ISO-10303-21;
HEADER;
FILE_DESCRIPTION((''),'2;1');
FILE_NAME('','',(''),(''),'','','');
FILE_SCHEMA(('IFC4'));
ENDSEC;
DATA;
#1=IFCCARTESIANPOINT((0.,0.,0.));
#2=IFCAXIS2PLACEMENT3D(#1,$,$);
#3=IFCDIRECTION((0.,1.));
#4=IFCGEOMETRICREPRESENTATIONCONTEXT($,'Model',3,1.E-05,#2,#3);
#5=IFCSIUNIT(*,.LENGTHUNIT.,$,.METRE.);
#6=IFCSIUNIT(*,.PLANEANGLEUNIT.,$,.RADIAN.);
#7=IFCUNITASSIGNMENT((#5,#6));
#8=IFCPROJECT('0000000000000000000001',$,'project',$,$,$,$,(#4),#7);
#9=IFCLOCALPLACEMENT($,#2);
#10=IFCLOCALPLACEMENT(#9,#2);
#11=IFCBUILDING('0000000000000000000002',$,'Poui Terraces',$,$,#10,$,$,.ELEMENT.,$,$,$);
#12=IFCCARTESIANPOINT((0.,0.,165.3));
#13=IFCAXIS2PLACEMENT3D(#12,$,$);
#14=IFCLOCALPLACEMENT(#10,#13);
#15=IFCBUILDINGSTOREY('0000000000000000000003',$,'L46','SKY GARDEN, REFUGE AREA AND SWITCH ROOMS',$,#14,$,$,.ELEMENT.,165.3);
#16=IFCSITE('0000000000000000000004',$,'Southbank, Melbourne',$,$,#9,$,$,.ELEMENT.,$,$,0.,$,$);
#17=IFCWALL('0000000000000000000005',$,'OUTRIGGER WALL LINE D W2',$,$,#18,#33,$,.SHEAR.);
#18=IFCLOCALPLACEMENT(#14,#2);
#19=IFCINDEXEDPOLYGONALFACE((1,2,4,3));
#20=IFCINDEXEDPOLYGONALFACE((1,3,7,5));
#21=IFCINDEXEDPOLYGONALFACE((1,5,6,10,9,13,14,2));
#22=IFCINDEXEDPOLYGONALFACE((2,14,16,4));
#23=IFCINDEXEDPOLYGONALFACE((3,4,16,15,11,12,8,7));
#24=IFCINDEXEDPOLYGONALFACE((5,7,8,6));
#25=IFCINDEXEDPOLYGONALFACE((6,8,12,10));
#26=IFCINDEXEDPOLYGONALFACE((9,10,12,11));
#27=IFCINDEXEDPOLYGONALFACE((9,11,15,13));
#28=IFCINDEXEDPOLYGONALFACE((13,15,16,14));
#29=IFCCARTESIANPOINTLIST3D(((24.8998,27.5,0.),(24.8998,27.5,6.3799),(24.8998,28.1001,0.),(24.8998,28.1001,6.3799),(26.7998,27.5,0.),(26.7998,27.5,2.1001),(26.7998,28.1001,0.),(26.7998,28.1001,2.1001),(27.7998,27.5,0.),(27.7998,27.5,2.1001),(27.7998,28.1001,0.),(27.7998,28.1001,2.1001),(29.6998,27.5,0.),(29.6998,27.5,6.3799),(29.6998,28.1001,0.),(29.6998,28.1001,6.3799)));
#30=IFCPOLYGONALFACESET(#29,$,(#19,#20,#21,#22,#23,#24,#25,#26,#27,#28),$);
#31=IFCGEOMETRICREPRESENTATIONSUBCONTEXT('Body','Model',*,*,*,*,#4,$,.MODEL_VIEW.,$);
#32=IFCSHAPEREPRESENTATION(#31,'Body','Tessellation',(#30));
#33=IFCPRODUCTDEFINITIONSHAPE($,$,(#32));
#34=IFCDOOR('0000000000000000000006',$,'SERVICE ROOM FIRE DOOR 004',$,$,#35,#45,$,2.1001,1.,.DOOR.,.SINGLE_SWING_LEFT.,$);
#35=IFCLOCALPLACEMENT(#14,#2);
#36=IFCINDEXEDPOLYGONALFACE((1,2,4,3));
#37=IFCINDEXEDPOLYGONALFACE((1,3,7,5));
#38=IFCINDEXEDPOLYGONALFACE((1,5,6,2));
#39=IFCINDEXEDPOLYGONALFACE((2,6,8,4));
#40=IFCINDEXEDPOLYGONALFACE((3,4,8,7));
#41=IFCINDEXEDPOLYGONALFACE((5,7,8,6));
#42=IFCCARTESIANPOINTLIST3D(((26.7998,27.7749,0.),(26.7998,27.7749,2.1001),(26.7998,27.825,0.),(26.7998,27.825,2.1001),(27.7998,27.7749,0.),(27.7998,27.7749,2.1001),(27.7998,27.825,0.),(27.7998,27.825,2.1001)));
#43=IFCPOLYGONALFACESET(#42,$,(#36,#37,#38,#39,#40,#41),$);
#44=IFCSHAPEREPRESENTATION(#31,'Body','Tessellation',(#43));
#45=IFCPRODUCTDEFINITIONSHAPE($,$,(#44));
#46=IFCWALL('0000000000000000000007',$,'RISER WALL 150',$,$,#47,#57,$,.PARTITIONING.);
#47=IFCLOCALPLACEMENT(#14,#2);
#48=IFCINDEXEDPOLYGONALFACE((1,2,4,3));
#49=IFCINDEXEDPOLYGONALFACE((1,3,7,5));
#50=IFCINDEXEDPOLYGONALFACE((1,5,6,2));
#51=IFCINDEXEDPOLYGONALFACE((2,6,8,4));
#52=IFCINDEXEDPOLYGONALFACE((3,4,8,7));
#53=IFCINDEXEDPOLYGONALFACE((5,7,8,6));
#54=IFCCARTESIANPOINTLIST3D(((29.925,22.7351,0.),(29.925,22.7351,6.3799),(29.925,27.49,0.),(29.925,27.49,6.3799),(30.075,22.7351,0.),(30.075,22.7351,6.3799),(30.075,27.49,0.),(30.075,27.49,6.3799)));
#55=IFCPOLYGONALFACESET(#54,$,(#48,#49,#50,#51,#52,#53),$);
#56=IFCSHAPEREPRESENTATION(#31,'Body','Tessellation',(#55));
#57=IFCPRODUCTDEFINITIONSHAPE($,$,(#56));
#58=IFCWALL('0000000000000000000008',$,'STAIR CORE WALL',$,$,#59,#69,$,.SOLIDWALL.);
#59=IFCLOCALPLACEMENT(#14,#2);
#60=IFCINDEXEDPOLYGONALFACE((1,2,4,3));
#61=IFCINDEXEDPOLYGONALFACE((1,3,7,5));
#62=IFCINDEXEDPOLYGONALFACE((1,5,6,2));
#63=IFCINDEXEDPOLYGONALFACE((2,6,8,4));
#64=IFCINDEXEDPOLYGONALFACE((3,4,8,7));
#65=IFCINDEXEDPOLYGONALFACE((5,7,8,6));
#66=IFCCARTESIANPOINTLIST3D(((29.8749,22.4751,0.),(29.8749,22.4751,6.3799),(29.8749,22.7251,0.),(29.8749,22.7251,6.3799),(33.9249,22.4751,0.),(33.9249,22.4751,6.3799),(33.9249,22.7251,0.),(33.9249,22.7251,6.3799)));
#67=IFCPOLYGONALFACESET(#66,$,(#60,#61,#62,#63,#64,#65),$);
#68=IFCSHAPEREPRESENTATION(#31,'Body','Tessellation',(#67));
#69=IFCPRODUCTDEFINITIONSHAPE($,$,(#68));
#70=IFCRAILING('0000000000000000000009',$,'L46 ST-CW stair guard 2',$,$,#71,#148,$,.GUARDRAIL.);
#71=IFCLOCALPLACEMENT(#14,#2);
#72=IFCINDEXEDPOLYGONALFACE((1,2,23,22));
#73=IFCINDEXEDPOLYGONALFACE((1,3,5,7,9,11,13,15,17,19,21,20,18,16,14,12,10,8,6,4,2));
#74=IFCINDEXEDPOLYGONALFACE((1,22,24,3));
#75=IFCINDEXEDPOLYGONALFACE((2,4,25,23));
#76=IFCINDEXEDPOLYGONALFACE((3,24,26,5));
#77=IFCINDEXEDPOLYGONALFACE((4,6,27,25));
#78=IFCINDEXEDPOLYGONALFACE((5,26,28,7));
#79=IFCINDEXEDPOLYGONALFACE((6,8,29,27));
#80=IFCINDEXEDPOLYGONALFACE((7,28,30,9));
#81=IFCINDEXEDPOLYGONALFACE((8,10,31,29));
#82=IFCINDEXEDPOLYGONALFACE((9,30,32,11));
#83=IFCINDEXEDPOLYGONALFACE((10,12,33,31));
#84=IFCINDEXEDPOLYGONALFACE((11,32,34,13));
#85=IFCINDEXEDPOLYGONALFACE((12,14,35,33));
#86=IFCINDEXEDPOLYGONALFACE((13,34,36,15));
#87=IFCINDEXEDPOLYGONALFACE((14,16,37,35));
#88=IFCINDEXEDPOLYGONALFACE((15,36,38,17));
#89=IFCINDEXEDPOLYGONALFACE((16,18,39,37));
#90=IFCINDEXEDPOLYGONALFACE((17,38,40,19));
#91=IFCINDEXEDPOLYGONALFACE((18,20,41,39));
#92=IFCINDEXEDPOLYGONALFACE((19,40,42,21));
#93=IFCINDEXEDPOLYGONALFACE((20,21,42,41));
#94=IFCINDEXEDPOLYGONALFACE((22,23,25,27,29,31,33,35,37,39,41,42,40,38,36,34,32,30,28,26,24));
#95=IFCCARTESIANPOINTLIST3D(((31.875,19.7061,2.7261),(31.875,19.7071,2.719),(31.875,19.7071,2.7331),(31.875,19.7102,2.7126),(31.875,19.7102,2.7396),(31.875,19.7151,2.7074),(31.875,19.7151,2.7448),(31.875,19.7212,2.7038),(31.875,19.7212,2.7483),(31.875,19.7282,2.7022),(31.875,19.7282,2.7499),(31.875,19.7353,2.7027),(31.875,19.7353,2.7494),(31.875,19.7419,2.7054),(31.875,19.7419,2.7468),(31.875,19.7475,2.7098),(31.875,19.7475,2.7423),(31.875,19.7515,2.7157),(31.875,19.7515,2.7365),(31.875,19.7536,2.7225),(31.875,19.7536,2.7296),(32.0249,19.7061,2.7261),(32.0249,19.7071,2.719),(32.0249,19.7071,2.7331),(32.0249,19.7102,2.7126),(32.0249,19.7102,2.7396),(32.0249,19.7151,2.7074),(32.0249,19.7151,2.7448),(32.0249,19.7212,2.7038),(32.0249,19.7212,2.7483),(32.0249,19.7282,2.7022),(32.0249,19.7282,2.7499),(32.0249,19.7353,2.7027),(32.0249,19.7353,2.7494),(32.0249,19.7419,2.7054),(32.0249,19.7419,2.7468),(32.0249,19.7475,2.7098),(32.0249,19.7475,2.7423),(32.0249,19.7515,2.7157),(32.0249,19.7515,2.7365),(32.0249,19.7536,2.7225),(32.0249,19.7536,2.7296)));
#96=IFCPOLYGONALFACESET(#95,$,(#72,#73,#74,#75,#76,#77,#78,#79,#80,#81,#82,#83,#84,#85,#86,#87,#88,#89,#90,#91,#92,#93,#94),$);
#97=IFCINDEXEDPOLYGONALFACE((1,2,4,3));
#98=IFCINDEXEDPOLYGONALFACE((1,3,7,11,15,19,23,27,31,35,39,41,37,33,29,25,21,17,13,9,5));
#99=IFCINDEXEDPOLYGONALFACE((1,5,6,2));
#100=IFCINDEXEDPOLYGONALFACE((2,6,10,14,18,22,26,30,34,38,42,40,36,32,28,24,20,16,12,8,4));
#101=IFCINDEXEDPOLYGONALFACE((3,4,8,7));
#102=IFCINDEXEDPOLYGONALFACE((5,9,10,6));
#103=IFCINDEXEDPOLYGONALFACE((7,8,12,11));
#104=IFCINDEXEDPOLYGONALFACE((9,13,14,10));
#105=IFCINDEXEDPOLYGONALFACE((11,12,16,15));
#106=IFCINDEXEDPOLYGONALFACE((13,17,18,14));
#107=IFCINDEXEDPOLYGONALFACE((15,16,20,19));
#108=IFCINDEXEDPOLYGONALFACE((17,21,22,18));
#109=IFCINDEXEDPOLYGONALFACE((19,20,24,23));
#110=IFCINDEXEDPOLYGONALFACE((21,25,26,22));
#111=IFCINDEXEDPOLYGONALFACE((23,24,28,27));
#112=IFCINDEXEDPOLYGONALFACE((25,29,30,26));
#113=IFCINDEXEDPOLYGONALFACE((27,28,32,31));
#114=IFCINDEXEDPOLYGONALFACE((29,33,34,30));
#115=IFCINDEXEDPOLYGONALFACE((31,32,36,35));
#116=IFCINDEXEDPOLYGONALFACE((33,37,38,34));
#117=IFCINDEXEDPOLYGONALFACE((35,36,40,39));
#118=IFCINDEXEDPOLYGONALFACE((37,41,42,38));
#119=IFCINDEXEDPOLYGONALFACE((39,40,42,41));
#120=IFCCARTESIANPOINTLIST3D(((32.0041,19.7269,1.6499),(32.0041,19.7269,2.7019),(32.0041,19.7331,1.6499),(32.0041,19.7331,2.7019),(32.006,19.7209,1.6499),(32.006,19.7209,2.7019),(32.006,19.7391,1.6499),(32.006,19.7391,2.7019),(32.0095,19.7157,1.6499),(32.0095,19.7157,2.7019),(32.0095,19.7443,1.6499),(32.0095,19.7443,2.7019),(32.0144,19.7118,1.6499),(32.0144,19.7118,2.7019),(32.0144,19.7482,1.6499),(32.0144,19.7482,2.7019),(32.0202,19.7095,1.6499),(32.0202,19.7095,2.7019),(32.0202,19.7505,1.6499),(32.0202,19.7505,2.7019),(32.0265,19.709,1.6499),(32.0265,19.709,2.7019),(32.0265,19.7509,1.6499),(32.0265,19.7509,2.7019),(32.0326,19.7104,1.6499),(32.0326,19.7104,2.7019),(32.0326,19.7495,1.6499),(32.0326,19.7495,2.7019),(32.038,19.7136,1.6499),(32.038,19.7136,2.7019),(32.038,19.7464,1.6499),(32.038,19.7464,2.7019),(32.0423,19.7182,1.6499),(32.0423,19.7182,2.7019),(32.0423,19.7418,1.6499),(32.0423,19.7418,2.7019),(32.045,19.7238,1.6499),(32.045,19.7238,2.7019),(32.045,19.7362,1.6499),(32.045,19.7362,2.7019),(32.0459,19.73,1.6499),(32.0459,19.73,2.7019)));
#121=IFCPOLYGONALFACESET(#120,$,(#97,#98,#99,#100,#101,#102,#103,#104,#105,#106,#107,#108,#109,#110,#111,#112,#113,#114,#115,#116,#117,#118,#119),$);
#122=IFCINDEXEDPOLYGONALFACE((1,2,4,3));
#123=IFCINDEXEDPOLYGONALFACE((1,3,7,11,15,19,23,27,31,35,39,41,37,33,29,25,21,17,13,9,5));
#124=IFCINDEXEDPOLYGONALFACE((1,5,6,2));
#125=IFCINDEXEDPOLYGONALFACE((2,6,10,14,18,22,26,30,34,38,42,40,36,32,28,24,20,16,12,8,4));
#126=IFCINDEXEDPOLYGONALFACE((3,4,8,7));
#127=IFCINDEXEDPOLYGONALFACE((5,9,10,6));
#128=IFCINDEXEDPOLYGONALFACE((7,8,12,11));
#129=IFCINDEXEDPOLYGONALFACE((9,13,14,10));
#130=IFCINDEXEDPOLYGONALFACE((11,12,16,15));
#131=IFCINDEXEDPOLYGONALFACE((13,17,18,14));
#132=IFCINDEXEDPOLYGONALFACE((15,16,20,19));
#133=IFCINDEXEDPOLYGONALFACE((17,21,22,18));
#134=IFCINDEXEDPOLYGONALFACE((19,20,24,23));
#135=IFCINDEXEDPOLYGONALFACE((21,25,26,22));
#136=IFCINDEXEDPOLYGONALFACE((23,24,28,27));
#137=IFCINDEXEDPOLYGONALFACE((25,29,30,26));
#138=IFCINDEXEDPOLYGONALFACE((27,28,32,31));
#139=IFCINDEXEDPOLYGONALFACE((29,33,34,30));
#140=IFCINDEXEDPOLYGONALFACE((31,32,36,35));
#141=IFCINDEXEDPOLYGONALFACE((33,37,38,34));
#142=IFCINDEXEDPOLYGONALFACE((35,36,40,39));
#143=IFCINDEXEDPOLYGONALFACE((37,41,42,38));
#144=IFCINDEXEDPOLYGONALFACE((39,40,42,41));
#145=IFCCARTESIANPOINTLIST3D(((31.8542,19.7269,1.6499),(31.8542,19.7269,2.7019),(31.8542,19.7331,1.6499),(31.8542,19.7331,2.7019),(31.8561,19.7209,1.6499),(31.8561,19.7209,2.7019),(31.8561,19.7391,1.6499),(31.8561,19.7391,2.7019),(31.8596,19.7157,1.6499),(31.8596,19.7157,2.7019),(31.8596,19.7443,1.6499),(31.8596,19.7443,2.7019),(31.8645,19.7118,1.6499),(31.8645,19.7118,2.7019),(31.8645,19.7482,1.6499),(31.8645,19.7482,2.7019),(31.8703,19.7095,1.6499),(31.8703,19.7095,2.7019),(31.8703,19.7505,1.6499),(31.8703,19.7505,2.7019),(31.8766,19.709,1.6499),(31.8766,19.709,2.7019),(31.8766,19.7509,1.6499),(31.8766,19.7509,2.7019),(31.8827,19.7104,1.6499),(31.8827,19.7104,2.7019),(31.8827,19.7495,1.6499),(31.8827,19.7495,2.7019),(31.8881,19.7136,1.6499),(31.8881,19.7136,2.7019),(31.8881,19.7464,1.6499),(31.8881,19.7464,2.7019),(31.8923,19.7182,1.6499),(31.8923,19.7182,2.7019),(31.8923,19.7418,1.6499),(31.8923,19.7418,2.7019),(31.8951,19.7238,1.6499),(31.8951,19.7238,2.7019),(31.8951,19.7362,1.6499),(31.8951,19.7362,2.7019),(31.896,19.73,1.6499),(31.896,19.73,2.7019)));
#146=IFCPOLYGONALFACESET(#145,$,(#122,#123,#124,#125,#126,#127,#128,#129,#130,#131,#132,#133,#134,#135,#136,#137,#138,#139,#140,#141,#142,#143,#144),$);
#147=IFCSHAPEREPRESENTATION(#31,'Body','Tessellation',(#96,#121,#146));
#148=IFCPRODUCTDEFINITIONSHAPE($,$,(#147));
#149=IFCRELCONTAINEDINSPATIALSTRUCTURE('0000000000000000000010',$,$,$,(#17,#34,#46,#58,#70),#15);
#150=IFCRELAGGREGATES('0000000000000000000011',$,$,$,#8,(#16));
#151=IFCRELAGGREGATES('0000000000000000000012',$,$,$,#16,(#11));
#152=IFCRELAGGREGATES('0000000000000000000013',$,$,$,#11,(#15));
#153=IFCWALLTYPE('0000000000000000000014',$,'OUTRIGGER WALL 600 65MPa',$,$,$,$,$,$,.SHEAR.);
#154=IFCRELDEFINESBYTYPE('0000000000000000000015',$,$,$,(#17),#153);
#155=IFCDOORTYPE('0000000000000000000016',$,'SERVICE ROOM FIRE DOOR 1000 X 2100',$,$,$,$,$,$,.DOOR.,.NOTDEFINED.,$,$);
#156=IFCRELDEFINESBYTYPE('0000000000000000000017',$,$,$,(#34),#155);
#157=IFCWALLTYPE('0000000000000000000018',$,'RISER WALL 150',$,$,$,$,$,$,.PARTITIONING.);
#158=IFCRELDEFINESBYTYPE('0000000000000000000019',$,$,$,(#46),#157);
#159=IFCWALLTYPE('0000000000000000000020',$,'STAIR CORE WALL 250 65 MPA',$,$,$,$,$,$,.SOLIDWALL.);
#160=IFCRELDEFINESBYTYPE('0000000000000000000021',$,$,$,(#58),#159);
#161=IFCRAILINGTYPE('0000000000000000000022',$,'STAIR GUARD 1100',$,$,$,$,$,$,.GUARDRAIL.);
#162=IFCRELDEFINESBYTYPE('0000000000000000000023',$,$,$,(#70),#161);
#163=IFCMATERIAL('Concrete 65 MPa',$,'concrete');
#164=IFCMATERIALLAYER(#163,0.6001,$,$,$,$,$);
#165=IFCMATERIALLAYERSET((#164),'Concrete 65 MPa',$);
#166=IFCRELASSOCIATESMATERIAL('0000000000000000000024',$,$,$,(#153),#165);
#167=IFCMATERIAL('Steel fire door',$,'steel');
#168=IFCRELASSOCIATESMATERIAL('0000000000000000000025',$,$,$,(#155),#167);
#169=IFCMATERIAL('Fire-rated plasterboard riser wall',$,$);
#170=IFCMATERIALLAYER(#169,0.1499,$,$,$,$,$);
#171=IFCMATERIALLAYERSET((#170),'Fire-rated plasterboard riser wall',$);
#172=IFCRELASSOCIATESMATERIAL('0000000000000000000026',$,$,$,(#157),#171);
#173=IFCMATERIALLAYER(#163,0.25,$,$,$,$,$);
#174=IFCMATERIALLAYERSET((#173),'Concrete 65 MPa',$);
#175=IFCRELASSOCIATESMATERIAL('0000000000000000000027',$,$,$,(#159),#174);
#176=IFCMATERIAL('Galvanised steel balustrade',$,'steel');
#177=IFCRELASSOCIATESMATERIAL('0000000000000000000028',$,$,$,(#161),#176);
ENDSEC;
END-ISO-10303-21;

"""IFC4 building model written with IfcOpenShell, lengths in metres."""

from ifc_helpers import new_model, si_unit, direction, frame, frame_2d, origin, origin_2d, place, context, subcontext, project, spatial, rectangle, circle, extrude, material, layer, layer_set, type_object, element, fill, save


model = new_model("IFC4")

# Units and contexts
model_context = context("Model", 3, precision=1e-05, world=origin(), true_north=direction((0.0, 1.0)))
body_context = subcontext(model_context, "Body", "Model", "MODEL_VIEW")
ifc_project = project(units=[si_unit("LENGTHUNIT", "METRE"), si_unit("PLANEANGLEUNIT", "RADIAN")], contexts=[model_context])

# Site, building, storey
site_placement = place(None, origin())
site = spatial("IfcSite", under=ifc_project, at=site_placement, Name="Southbank, Melbourne", CompositionType="ELEMENT", RefElevation=0.0)
building_placement = place(site_placement, origin())
building = spatial("IfcBuilding", under=site, at=building_placement, Name="Poui Terraces", CompositionType="ELEMENT")
storey_placement = place(building_placement, frame((0.0, 0.0, 165.3)))
storey = spatial("IfcBuildingStorey", under=building, at=storey_placement, Name="L46", Description="SKY GARDEN, REFUGE AREA AND SWITCH ROOMS", CompositionType="ELEMENT", Elevation=165.3)

# Wall, opening, door
ifc_material_1 = material(Name="Concrete 65 MPa", Category="concrete")
ifc_layer_1 = layer(ifc_material_1, 0.6001)
ifc_layer_set_1 = layer_set([ifc_layer_1], Name="Concrete 65 MPa")
wall_type_1 = type_object("IfcWallType", Name="OUTRIGGER WALL 600 65MPa", PredefinedType="SHEAR", material=ifc_layer_set_1)
wall_1_placement = place(storey_placement, frame((24.8999, 27.8, 0.0), z_axis=(0.0, 0.0, 1.0), x_axis=(1.0, 0.0, 0.0)))
wall_1 = element("IfcWall", 1, at=wall_1_placement, inside=storey, type_object=wall_type_1, Name="OUTRIGGER WALL LINE D W2", PredefinedType="SHEAR", context=body_context, shape_type="SweptSolid", body=[
    extrude(rectangle(XDim=4.8, YDim=0.6001, at=frame_2d((2.3999, 0.0))), origin(), (0.0, 0.0, 1.0), 6.3799),
])
opening_1_placement = place(wall_1_placement, frame((1.8999, 0.0, 0.0)))
opening_1 = element("IfcOpeningElement", 2, at=opening_1_placement, cuts=wall_1, PredefinedType="OPENING", context=body_context, shape_type="SweptSolid", body=[
    extrude(rectangle(XDim=1.0, YDim=2.1001, at=frame_2d((0.5, 1.05))), frame((0.0, 0.3101, 0.0), z_axis=(0.0, -1.0, 0.0), x_axis=(1.0, 0.0, 0.0)), (0.0, 0.0, 1.0), 0.6201),
])
ifc_material_2 = material(Name="Steel fire door", Category="steel")
door_type_1 = type_object("IfcDoorType", Name="SERVICE ROOM FIRE DOOR 1000 X 2100", OperationType="NOTDEFINED", PredefinedType="DOOR", material=ifc_material_2)
door_1_placement = place(opening_1_placement, origin())
door_1 = element("IfcDoor", 3, at=door_1_placement, inside=storey, type_object=door_type_1, Name="SERVICE ROOM FIRE DOOR 004", OperationType="SINGLE_SWING_LEFT", OverallHeight=2.1001, OverallWidth=1.0, PredefinedType="DOOR", context=body_context, shape_type="SweptSolid", body=[
    extrude(rectangle(XDim=1.0, YDim=2.1001, at=frame_2d((0.5, 1.05))), frame((0.0, 0.0249, 0.0), z_axis=(0.0, -1.0, 0.0), x_axis=(1.0, 0.0, 0.0)), (0.0, 0.0, 1.0), 0.05),
])
fill(opening_1, door_1)

# Wall
ifc_material_3 = material(Name="Fire-rated plasterboard riser wall")
ifc_layer_2 = layer(ifc_material_3, 0.1499)
ifc_layer_set_2 = layer_set([ifc_layer_2], Name="Fire-rated plasterboard riser wall")
wall_type_2 = type_object("IfcWallType", Name="RISER WALL 150", PredefinedType="PARTITIONING", material=ifc_layer_set_2)
wall_2_placement = place(storey_placement, frame((30.0, 22.7351, 0.0), z_axis=(0.0, 0.0, 1.0), x_axis=(0.0, 1.0, 0.0)))
element("IfcWall", 4, at=wall_2_placement, inside=storey, type_object=wall_type_2, Name="RISER WALL 150", PredefinedType="PARTITIONING", context=body_context, shape_type="SweptSolid", body=[
    extrude(rectangle(XDim=4.7549, YDim=0.1499, at=frame_2d((2.3774, 0.0))), origin(), (0.0, 0.0, 1.0), 6.3799),
])

# Wall
ifc_layer_3 = layer(ifc_material_1, 0.25)
ifc_layer_set_3 = layer_set([ifc_layer_3], Name="Concrete 65 MPa")
wall_type_3 = type_object("IfcWallType", Name="STAIR CORE WALL 250 65 MPA", PredefinedType="SOLIDWALL", material=ifc_layer_set_3)
wall_3_placement = place(storey_placement, frame((29.875, 22.6001, 0.0), z_axis=(0.0, 0.0, 1.0), x_axis=(1.0, 0.0, 0.0)))
element("IfcWall", 5, at=wall_3_placement, inside=storey, type_object=wall_type_3, Name="STAIR CORE WALL", PredefinedType="SOLIDWALL", context=body_context, shape_type="SweptSolid", body=[
    extrude(rectangle(XDim=4.05, YDim=0.25, at=frame_2d((2.0249, 0.0))), origin(), (0.0, 0.0, 1.0), 6.3799),
])

# Railing
ifc_material_4 = material(Name="Galvanised steel balustrade", Category="steel")
railing_type = type_object("IfcRailingType", Name="STAIR GUARD 1100", PredefinedType="GUARDRAIL", material=ifc_material_4)
for number, where, name in (
    (6, (32.0249, 19.73, 1.6499), "L46 ST-CW stair guard 2"),
):
    element("IfcRailing", number, at=place(storey_placement, frame(where)), inside=storey, type_object=railing_type, Name=name, PredefinedType="GUARDRAIL", context=body_context, shape_type="SweptSolid", body=[
        extrude(circle(Radius=0.0239, at=origin_2d()), frame((0.0, 0.0, 1.0762), z_axis=(-1.0, 0.0, 0.0), x_axis=(0.0, -1.0, 0.0)), (0.0, 0.0, 1.0), 0.1499),
        extrude(circle(Radius=0.021, at=origin_2d()), origin(), (0.0, 0.0, 1.0), 1.052),
        extrude(circle(Radius=0.021, at=origin_2d()), frame((-0.1499, 0.0, 0.0)), (0.0, 0.0, 1.0), 1.052),
    ])

save(model, "model.ifc")
